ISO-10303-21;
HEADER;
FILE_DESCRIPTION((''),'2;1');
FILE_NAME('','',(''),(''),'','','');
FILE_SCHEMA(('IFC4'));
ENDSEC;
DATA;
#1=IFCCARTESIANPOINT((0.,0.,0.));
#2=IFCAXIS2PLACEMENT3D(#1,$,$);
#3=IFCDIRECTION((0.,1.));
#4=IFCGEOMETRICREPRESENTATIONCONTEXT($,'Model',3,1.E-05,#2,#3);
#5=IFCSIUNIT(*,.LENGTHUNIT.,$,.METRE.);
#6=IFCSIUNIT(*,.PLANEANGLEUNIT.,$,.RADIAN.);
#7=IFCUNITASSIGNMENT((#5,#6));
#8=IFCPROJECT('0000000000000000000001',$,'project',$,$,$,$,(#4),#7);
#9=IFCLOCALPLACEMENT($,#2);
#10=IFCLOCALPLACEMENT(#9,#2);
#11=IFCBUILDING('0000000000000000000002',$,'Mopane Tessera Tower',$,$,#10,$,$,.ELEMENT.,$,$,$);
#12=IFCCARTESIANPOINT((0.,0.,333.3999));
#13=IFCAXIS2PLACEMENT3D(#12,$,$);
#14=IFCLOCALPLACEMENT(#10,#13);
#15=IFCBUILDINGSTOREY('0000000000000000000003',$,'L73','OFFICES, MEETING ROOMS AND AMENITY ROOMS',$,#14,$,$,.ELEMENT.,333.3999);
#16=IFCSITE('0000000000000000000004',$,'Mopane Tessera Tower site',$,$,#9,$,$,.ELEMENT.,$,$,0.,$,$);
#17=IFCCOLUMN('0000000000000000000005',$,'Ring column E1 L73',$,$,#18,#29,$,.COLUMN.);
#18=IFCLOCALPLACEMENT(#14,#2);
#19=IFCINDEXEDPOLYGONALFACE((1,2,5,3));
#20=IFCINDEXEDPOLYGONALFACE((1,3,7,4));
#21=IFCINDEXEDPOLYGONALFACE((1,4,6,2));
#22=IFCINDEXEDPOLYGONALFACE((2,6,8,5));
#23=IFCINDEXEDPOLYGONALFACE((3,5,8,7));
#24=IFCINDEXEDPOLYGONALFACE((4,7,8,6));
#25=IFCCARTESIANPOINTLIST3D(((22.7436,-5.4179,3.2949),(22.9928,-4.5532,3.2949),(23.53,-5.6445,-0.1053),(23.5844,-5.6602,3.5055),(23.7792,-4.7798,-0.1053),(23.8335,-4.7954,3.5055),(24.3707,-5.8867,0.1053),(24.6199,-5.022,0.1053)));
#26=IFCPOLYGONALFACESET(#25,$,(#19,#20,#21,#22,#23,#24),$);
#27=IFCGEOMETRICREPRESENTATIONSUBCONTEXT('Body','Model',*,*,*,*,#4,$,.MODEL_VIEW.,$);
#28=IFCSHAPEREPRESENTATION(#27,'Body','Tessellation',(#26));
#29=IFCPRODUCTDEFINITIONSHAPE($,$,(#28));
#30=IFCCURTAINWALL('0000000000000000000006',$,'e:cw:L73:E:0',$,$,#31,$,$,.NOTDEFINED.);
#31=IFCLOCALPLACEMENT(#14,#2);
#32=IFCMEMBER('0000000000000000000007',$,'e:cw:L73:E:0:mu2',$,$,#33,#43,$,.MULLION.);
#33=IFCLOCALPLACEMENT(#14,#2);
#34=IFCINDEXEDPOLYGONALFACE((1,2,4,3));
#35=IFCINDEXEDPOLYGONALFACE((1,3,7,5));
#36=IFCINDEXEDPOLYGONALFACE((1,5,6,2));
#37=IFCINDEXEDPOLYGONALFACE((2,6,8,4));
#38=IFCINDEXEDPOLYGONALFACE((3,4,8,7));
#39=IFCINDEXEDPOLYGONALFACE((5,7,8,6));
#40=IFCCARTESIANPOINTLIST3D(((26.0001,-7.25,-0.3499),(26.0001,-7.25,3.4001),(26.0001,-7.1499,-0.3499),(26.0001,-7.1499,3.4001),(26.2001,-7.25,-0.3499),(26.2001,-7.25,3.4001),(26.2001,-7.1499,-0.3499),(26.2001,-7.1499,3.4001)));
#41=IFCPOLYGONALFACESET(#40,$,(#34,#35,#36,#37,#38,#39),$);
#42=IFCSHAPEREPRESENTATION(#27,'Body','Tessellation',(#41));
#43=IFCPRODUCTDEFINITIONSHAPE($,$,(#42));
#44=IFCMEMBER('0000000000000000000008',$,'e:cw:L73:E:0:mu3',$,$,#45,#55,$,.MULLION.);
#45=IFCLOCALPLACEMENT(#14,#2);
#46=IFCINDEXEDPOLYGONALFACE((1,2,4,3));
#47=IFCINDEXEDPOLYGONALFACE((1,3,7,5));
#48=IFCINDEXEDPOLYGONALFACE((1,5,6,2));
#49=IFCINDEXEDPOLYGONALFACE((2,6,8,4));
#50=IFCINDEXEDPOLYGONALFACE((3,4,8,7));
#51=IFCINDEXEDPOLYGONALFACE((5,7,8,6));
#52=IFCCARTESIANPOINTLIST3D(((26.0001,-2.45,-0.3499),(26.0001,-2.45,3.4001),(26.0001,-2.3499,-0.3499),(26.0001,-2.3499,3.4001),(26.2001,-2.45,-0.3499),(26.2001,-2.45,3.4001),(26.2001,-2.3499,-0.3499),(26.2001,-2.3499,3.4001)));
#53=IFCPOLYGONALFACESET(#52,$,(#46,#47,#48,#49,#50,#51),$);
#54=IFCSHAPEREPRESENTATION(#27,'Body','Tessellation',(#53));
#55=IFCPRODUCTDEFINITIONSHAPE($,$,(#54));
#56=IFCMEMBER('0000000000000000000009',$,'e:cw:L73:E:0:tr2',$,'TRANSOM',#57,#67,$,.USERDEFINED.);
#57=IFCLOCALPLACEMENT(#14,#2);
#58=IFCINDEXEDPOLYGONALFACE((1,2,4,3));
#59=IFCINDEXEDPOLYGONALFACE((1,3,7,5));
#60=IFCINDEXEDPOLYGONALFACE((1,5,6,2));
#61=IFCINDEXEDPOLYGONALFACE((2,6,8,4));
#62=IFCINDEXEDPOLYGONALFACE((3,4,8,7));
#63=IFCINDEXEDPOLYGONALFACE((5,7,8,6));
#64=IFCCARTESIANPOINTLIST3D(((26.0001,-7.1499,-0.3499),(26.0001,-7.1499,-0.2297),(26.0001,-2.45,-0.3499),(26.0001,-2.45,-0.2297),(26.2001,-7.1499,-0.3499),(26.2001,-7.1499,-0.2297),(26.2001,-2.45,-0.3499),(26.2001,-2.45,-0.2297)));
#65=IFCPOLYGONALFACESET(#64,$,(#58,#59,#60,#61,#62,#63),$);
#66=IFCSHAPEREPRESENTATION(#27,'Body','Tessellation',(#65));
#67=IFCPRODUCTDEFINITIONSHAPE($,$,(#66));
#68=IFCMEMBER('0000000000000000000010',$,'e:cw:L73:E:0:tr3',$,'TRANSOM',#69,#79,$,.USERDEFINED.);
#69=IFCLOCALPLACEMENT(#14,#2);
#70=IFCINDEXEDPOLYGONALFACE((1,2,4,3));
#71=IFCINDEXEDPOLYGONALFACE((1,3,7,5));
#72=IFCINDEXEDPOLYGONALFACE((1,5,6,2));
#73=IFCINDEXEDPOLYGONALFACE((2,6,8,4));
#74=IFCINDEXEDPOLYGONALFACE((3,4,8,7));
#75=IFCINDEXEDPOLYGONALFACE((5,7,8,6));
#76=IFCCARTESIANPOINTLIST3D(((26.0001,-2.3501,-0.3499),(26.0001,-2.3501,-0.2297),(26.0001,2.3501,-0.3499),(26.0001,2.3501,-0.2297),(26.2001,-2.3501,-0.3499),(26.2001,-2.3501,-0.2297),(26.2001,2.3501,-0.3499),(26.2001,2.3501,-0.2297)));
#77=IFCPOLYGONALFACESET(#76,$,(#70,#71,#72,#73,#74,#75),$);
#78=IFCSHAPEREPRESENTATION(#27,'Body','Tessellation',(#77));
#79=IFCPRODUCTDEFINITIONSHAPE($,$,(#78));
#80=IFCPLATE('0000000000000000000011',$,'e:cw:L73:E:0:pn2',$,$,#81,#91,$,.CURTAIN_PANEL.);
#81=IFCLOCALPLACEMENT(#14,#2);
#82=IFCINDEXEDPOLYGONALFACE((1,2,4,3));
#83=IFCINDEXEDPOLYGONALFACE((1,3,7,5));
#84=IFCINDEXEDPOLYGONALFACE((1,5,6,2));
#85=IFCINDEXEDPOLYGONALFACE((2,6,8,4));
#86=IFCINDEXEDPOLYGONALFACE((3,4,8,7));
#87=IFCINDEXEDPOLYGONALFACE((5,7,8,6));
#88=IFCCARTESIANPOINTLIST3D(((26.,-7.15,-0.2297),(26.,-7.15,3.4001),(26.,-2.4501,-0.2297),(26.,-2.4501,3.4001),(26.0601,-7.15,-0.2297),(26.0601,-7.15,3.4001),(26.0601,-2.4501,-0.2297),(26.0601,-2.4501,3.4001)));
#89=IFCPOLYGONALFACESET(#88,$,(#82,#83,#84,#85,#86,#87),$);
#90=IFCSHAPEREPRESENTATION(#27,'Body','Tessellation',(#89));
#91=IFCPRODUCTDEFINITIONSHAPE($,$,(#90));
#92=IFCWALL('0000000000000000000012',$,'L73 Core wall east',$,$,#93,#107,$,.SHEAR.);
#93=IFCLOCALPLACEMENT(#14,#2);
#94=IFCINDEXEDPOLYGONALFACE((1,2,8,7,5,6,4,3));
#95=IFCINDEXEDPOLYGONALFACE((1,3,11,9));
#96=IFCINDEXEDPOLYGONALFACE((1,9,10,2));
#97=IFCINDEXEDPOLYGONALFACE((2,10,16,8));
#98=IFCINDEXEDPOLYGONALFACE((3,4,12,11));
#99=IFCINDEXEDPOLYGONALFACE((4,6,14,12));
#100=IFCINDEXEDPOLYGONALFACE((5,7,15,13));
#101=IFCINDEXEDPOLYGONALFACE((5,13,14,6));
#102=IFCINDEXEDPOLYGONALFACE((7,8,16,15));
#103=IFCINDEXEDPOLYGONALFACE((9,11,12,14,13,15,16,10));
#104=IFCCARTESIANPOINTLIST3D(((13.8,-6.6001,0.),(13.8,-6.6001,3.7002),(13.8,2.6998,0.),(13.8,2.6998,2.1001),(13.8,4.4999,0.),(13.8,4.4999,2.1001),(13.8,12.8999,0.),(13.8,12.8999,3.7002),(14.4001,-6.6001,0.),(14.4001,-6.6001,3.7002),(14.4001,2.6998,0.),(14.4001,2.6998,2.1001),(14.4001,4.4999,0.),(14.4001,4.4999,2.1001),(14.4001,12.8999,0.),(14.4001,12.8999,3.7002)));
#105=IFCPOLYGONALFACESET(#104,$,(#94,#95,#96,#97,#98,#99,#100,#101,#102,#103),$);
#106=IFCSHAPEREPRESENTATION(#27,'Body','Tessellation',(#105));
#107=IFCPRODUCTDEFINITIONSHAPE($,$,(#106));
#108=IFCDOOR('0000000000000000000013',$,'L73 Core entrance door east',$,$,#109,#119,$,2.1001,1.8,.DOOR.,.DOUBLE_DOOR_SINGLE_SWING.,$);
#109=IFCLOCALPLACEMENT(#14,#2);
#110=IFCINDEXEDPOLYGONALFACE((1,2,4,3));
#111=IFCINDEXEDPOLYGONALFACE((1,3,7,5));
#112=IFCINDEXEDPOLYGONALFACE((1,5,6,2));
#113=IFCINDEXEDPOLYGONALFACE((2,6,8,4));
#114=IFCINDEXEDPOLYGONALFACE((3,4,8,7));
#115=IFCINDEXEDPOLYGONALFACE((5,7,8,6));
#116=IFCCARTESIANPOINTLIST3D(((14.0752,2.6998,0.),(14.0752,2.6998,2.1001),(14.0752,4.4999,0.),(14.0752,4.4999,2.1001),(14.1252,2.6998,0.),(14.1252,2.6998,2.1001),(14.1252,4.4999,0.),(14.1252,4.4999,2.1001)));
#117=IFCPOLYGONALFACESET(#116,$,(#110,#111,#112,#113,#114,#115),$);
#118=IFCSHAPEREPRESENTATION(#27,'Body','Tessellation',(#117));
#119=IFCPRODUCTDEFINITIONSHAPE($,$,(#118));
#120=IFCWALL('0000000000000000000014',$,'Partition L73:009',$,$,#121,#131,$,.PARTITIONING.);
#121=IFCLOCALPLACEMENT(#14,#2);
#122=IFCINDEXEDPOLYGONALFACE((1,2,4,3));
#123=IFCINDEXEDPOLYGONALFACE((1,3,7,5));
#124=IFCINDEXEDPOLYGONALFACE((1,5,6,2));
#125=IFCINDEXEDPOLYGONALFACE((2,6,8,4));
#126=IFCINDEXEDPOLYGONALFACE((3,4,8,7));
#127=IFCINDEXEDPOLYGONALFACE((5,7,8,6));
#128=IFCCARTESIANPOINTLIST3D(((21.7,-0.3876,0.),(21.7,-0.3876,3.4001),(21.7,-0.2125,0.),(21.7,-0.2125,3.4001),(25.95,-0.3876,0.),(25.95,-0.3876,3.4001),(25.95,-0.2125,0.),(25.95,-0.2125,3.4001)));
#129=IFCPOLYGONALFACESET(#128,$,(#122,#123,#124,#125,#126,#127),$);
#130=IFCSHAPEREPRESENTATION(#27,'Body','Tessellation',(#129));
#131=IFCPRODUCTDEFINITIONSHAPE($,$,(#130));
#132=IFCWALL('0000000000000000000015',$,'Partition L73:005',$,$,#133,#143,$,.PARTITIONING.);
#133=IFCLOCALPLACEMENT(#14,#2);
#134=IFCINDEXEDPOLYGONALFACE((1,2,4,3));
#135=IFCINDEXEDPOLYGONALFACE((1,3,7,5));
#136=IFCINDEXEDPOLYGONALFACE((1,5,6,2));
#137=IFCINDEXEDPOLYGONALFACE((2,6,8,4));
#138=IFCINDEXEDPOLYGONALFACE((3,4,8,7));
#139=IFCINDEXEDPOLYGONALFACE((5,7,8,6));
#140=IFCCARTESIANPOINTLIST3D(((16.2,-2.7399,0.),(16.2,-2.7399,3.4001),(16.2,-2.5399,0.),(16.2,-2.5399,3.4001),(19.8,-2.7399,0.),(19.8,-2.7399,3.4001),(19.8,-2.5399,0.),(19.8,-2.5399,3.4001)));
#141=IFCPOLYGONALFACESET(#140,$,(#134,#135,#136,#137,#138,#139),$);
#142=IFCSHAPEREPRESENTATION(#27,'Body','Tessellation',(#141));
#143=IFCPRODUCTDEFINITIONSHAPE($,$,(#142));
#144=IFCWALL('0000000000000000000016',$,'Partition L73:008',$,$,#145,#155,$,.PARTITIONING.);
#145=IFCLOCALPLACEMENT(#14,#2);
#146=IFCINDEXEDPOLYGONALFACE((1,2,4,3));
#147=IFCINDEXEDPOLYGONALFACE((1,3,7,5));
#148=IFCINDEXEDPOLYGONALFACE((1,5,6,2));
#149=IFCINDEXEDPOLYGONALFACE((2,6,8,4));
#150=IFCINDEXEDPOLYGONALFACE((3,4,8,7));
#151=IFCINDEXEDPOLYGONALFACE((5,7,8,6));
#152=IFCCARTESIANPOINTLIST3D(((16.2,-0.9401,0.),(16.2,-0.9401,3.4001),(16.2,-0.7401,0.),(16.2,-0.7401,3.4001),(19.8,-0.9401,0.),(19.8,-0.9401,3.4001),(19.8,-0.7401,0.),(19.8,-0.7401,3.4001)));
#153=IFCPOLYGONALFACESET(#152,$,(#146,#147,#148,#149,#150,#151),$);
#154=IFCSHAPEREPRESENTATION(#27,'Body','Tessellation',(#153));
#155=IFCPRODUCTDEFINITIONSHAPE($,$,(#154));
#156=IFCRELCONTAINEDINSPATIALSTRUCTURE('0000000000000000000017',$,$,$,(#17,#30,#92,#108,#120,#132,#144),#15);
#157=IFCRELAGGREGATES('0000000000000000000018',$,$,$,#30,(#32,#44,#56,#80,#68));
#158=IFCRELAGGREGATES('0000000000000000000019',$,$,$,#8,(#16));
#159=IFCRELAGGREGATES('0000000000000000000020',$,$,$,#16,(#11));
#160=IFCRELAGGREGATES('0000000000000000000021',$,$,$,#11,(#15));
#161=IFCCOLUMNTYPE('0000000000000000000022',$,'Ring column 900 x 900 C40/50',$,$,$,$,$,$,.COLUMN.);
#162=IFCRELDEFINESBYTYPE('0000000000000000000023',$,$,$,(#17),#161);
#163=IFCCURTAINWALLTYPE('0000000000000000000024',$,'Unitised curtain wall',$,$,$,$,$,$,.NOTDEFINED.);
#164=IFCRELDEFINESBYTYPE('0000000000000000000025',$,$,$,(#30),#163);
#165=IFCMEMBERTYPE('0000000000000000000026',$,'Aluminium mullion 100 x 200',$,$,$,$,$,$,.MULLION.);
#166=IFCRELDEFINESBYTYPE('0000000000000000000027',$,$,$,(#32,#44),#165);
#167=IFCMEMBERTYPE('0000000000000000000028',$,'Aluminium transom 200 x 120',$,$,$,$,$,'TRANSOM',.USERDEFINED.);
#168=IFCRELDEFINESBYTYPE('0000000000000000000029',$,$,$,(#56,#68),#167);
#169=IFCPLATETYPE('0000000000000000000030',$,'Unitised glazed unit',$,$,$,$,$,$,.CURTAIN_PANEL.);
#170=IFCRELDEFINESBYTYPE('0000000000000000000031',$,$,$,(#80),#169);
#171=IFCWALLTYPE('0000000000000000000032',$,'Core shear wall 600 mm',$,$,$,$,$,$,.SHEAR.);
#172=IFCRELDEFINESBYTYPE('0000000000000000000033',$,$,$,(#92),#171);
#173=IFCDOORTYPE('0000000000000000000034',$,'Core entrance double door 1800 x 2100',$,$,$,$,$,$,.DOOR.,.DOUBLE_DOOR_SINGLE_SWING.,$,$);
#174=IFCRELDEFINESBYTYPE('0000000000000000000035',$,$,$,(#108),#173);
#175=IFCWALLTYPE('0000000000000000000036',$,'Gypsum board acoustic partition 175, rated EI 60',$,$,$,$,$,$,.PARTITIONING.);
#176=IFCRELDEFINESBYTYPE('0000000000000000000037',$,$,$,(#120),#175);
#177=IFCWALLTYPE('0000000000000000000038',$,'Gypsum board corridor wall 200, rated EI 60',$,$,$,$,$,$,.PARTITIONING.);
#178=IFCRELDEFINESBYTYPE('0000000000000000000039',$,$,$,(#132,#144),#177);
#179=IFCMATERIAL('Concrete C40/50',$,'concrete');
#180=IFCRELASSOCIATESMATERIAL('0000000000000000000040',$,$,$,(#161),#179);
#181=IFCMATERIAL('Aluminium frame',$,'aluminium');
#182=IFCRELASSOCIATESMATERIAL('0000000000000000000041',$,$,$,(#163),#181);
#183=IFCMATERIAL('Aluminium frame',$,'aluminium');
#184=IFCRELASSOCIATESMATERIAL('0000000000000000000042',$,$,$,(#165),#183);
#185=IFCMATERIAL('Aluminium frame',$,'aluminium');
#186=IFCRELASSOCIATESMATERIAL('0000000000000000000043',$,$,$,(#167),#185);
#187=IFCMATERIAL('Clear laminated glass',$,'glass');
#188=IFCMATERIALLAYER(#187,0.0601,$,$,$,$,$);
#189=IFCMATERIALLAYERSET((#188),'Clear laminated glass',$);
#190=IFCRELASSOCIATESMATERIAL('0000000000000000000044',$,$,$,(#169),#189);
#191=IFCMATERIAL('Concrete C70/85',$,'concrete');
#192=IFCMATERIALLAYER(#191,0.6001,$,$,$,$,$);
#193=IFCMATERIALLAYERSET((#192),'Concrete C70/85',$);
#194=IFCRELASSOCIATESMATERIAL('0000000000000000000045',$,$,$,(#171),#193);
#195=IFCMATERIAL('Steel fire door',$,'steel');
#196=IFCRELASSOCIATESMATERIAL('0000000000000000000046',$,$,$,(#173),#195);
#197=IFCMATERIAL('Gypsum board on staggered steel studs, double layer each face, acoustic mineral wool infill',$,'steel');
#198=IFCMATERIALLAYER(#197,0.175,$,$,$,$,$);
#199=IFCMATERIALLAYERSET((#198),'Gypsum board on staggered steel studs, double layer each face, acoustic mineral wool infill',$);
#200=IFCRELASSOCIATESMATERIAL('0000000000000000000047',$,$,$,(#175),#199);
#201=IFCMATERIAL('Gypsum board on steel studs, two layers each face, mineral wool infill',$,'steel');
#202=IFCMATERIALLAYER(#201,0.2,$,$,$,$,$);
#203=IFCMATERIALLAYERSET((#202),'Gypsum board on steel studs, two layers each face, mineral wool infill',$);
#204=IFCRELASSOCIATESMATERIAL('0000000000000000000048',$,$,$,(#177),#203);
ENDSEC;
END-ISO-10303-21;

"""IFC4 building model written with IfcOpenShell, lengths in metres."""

from ifc_helpers import new_model, si_unit, direction, frame, frame_2d, origin, origin_2d, place, context, subcontext, project, spatial, rectangle, extrude, material, layer, layer_set, material_profile, profile_set, type_object, element, fill, aggregate, save


model = new_model("IFC4")

# Units and contexts
model_context = context("Model", 3, precision=1e-05, world=origin(), true_north=direction((0.0, 1.0)))
body_context = subcontext(model_context, "Body", "Model", "MODEL_VIEW")
ifc_project = project(units=[si_unit("LENGTHUNIT", "METRE"), si_unit("PLANEANGLEUNIT", "RADIAN")], contexts=[model_context])

# Site, building, storey
site_placement = place(None, origin())
site = spatial("IfcSite", under=ifc_project, at=site_placement, Name="Mopane Tessera Tower site", CompositionType="ELEMENT", RefElevation=0.0)
building_placement = place(site_placement, origin())
building = spatial("IfcBuilding", under=site, at=building_placement, Name="Mopane Tessera Tower", CompositionType="ELEMENT")
storey_placement = place(building_placement, frame((0.0, 0.0, 333.3999)))
storey = spatial("IfcBuildingStorey", under=building, at=storey_placement, Name="L73", Description="OFFICES, MEETING ROOMS AND AMENITY ROOMS", CompositionType="ELEMENT", Elevation=333.3999)

# Column
ifc_material_1 = material(Name="Concrete C40/50", Category="concrete")
ifc_material_profile_1 = material_profile(ifc_material_1, rectangle(XDim=0.8999, YDim=0.8999, at=origin_2d()))
ifc_profile_set_1 = profile_set([ifc_material_profile_1], Name="Concrete C40/50")
column_type = type_object("IfcColumnType", Name="Ring column 900 x 900 C40/50", PredefinedType="COLUMN", material=ifc_profile_set_1)
column_placement = place(storey_placement, frame((24.075, -5.3333, 0.0), z_axis=(-0.224856, 0.064783, 0.972236), x_axis=(-0.276848, -0.960914, 0.0)))
element("IfcColumn", 1, at=column_placement, inside=storey, type_object=column_type, Name="Ring column E1 L73", PredefinedType="COLUMN", context=body_context, shape_type="SweptSolid", body=[
    extrude(rectangle(XDim=0.8999, YDim=0.8999, at=origin_2d()), origin(), (0.0, 0.0, 1.0), 3.4973),
])

# Curtain wall, members, plate
ifc_material_2 = material(Name="Aluminium frame", Category="aluminium")
curtain_wall_type = type_object("IfcCurtainWallType", Name="Unitised curtain wall", PredefinedType="NOTDEFINED", material=ifc_material_2)
curtain_wall_placement = place(storey_placement, origin())
curtain_wall = element("IfcCurtainWall", 2, at=curtain_wall_placement, inside=storey, type_object=curtain_wall_type, Name="e:cw:L73:E:0", PredefinedType="NOTDEFINED")
ifc_material_3 = material(Name="Aluminium frame", Category="aluminium")
ifc_material_profile_2 = material_profile(ifc_material_3, rectangle(XDim=0.1001, YDim=0.2, at=origin_2d()))
ifc_profile_set_2 = profile_set([ifc_material_profile_2], Name="Aluminium frame")
member_type_1 = type_object("IfcMemberType", Name="Aluminium mullion 100 x 200", PredefinedType="MULLION", material=ifc_profile_set_2)
member_1_placement = place(storey_placement, frame((26.1001, -7.2, -0.3499), z_axis=(0.0, 0.0, 1.0), x_axis=(0.0, 1.0, 0.0)))
member_1 = element("IfcMember", 3, at=member_1_placement, type_object=member_type_1, Name="e:cw:L73:E:0:mu2", PredefinedType="MULLION", context=body_context, shape_type="SweptSolid", body=[
    extrude(rectangle(XDim=0.1001, YDim=0.2, at=origin_2d()), origin(), (0.0, 0.0, 1.0), 3.75),
])
member_2_placement = place(storey_placement, frame((26.1001, -2.3999, -0.3499), z_axis=(0.0, 0.0, 1.0), x_axis=(0.0, 1.0, 0.0)))
member_2 = element("IfcMember", 4, at=member_2_placement, type_object=member_type_1, Name="e:cw:L73:E:0:mu3", PredefinedType="MULLION", context=body_context, shape_type="SweptSolid", body=[
    extrude(rectangle(XDim=0.1001, YDim=0.2, at=origin_2d()), origin(), (0.0, 0.0, 1.0), 3.75),
])
ifc_material_4 = material(Name="Aluminium frame", Category="aluminium")
ifc_material_profile_3 = material_profile(ifc_material_4, rectangle(XDim=0.2, YDim=0.1201, at=origin_2d()))
ifc_profile_set_3 = profile_set([ifc_material_profile_3], Name="Aluminium frame")
member_type_2 = type_object("IfcMemberType", Name="Aluminium transom 200 x 120", ElementType="TRANSOM", PredefinedType="USERDEFINED", material=ifc_profile_set_3)
member_3_placement = place(storey_placement, frame((26.1001, -7.1499, -0.2898), z_axis=(0.0, 1.0, 0.0), x_axis=(-1.0, 0.0, 0.0)))
member_3 = element("IfcMember", 5, at=member_3_placement, type_object=member_type_2, Name="e:cw:L73:E:0:tr2", ObjectType="TRANSOM", PredefinedType="USERDEFINED", context=body_context, shape_type="SweptSolid", body=[
    extrude(rectangle(XDim=0.2, YDim=0.1201, at=origin_2d()), origin(), (0.0, 0.0, 1.0), 4.7),
])
member_4_placement = place(storey_placement, frame((26.1001, -2.3501, -0.2898), z_axis=(0.0, 1.0, 0.0), x_axis=(-1.0, 0.0, 0.0)))
member_4 = element("IfcMember", 6, at=member_4_placement, type_object=member_type_2, Name="e:cw:L73:E:0:tr3", ObjectType="TRANSOM", PredefinedType="USERDEFINED", context=body_context, shape_type="SweptSolid", body=[
    extrude(rectangle(XDim=0.2, YDim=0.1201, at=origin_2d()), origin(), (0.0, 0.0, 1.0), 4.7002),
])
ifc_material_5 = material(Name="Clear laminated glass", Category="glass")
ifc_layer_1 = layer(ifc_material_5, 0.0601)
ifc_layer_set_1 = layer_set([ifc_layer_1], Name="Clear laminated glass")
plate_type = type_object("IfcPlateType", Name="Unitised glazed unit", PredefinedType="CURTAIN_PANEL", material=ifc_layer_set_1)
plate_placement = place(storey_placement, frame((26.03, -4.8, -0.2297), z_axis=(0.0, 0.0, 1.0), x_axis=(0.0, 1.0, 0.0)))
plate = element("IfcPlate", 7, at=plate_placement, type_object=plate_type, Name="e:cw:L73:E:0:pn2", PredefinedType="CURTAIN_PANEL", context=body_context, shape_type="SweptSolid", body=[
    extrude(rectangle(XDim=4.7, YDim=0.0601, at=origin_2d()), origin(), (0.0, 0.0, 1.0), 3.6299),
])
aggregate(curtain_wall, [member_1, member_2, member_3, plate, member_4])

# Wall, opening, door
ifc_material_6 = material(Name="Concrete C70/85", Category="concrete")
ifc_layer_2 = layer(ifc_material_6, 0.6001)
ifc_layer_set_2 = layer_set([ifc_layer_2], Name="Concrete C70/85")
wall_type_1 = type_object("IfcWallType", Name="Core shear wall 600 mm", PredefinedType="SHEAR", material=ifc_layer_set_2)
wall_1_placement = place(storey_placement, frame((14.1001, -6.6001, 0.0), z_axis=(0.0, 0.0, 1.0), x_axis=(0.0, 1.0, 0.0)))
wall_1 = element("IfcWall", 8, at=wall_1_placement, inside=storey, type_object=wall_type_1, Name="L73 Core wall east", PredefinedType="SHEAR", context=body_context, shape_type="SweptSolid", body=[
    extrude(rectangle(XDim=19.5, YDim=0.6001, at=frame_2d((9.75, 0.0))), origin(), (0.0, 0.0, 1.0), 3.7002),
])
opening_1_placement = place(wall_1_placement, frame((9.3, 0.0, 0.0)))
opening_1 = element("IfcOpeningElement", 9, at=opening_1_placement, cuts=wall_1, PredefinedType="OPENING", context=body_context, shape_type="SweptSolid", body=[
    extrude(rectangle(XDim=1.8, YDim=2.1001, at=frame_2d((0.8999, 1.05))), frame((0.0, 0.312, 0.0), z_axis=(0.0, -1.0, 0.0), x_axis=(1.0, 0.0, 0.0)), (0.0, 0.0, 1.0), 0.624),
])
ifc_material_7 = material(Name="Steel fire door", Category="steel")
door_type_1 = type_object("IfcDoorType", Name="Core entrance double door 1800 x 2100", OperationType="DOUBLE_DOOR_SINGLE_SWING", PredefinedType="DOOR", material=ifc_material_7)
door_1_placement = place(opening_1_placement, origin())
door_1 = element("IfcDoor", 10, at=door_1_placement, inside=storey, type_object=door_type_1, Name="L73 Core entrance door east", OperationType="DOUBLE_DOOR_SINGLE_SWING", OverallHeight=2.1001, OverallWidth=1.8, PredefinedType="DOOR", context=body_context, shape_type="SweptSolid", body=[
    extrude(rectangle(XDim=1.8, YDim=2.1001, at=frame_2d((0.8999, 1.05))), frame((0.0, 0.0249, 0.0), z_axis=(0.0, -1.0, 0.0), x_axis=(1.0, 0.0, 0.0)), (0.0, 0.0, 1.0), 0.05),
])
fill(opening_1, door_1)

# Walls
ifc_material_8 = material(Name="Gypsum board on staggered steel studs, double layer each face, acoustic mineral wool infill", Category="steel")
ifc_layer_3 = layer(ifc_material_8, 0.175)
ifc_layer_set_3 = layer_set([ifc_layer_3], Name="Gypsum board on staggered steel studs, double layer each face, acoustic mineral wool infill")
wall_type_2 = type_object("IfcWallType", Name="Gypsum board acoustic partition 175, rated EI 60", PredefinedType="PARTITIONING", material=ifc_layer_set_3)
wall_2_placement = place(storey_placement, frame((21.7, -0.3, 0.0), z_axis=(0.0, 0.0, 1.0), x_axis=(1.0, 0.0, 0.0)))
element("IfcWall", 11, at=wall_2_placement, inside=storey, type_object=wall_type_2, Name="Partition L73:009", PredefinedType="PARTITIONING", context=body_context, shape_type="SweptSolid", body=[
    extrude(rectangle(XDim=4.25, YDim=0.175, at=frame_2d((2.125, 0.0))), origin(), (0.0, 0.0, 1.0), 3.4001),
])
ifc_material_9 = material(Name="Gypsum board on steel studs, two layers each face, mineral wool infill", Category="steel")
ifc_layer_4 = layer(ifc_material_9, 0.2)
ifc_layer_set_4 = layer_set([ifc_layer_4], Name="Gypsum board on steel studs, two layers each face, mineral wool infill")
wall_type_3 = type_object("IfcWallType", Name="Gypsum board corridor wall 200, rated EI 60", PredefinedType="PARTITIONING", material=ifc_layer_set_4)
for number, where, z_axis, x_axis, name in (
    (12, (16.2, -2.6399, 0.0), (0.0, 0.0, 1.0), (1.0, 0.0, 0.0), "Partition L73:005"),
    (13, (16.2, -0.8401, 0.0), (0.0, 0.0, 1.0), (1.0, 0.0, 0.0), "Partition L73:008"),
):
    element("IfcWall", number, at=place(storey_placement, frame(where, z_axis=z_axis, x_axis=x_axis)), inside=storey, type_object=wall_type_3, Name=name, PredefinedType="PARTITIONING", context=body_context, shape_type="SweptSolid", body=[
        extrude(rectangle(XDim=3.6001, YDim=0.2, at=frame_2d((1.8, 0.0))), origin(), (0.0, 0.0, 1.0), 3.4001),
    ])

save(model, "model.ifc")
